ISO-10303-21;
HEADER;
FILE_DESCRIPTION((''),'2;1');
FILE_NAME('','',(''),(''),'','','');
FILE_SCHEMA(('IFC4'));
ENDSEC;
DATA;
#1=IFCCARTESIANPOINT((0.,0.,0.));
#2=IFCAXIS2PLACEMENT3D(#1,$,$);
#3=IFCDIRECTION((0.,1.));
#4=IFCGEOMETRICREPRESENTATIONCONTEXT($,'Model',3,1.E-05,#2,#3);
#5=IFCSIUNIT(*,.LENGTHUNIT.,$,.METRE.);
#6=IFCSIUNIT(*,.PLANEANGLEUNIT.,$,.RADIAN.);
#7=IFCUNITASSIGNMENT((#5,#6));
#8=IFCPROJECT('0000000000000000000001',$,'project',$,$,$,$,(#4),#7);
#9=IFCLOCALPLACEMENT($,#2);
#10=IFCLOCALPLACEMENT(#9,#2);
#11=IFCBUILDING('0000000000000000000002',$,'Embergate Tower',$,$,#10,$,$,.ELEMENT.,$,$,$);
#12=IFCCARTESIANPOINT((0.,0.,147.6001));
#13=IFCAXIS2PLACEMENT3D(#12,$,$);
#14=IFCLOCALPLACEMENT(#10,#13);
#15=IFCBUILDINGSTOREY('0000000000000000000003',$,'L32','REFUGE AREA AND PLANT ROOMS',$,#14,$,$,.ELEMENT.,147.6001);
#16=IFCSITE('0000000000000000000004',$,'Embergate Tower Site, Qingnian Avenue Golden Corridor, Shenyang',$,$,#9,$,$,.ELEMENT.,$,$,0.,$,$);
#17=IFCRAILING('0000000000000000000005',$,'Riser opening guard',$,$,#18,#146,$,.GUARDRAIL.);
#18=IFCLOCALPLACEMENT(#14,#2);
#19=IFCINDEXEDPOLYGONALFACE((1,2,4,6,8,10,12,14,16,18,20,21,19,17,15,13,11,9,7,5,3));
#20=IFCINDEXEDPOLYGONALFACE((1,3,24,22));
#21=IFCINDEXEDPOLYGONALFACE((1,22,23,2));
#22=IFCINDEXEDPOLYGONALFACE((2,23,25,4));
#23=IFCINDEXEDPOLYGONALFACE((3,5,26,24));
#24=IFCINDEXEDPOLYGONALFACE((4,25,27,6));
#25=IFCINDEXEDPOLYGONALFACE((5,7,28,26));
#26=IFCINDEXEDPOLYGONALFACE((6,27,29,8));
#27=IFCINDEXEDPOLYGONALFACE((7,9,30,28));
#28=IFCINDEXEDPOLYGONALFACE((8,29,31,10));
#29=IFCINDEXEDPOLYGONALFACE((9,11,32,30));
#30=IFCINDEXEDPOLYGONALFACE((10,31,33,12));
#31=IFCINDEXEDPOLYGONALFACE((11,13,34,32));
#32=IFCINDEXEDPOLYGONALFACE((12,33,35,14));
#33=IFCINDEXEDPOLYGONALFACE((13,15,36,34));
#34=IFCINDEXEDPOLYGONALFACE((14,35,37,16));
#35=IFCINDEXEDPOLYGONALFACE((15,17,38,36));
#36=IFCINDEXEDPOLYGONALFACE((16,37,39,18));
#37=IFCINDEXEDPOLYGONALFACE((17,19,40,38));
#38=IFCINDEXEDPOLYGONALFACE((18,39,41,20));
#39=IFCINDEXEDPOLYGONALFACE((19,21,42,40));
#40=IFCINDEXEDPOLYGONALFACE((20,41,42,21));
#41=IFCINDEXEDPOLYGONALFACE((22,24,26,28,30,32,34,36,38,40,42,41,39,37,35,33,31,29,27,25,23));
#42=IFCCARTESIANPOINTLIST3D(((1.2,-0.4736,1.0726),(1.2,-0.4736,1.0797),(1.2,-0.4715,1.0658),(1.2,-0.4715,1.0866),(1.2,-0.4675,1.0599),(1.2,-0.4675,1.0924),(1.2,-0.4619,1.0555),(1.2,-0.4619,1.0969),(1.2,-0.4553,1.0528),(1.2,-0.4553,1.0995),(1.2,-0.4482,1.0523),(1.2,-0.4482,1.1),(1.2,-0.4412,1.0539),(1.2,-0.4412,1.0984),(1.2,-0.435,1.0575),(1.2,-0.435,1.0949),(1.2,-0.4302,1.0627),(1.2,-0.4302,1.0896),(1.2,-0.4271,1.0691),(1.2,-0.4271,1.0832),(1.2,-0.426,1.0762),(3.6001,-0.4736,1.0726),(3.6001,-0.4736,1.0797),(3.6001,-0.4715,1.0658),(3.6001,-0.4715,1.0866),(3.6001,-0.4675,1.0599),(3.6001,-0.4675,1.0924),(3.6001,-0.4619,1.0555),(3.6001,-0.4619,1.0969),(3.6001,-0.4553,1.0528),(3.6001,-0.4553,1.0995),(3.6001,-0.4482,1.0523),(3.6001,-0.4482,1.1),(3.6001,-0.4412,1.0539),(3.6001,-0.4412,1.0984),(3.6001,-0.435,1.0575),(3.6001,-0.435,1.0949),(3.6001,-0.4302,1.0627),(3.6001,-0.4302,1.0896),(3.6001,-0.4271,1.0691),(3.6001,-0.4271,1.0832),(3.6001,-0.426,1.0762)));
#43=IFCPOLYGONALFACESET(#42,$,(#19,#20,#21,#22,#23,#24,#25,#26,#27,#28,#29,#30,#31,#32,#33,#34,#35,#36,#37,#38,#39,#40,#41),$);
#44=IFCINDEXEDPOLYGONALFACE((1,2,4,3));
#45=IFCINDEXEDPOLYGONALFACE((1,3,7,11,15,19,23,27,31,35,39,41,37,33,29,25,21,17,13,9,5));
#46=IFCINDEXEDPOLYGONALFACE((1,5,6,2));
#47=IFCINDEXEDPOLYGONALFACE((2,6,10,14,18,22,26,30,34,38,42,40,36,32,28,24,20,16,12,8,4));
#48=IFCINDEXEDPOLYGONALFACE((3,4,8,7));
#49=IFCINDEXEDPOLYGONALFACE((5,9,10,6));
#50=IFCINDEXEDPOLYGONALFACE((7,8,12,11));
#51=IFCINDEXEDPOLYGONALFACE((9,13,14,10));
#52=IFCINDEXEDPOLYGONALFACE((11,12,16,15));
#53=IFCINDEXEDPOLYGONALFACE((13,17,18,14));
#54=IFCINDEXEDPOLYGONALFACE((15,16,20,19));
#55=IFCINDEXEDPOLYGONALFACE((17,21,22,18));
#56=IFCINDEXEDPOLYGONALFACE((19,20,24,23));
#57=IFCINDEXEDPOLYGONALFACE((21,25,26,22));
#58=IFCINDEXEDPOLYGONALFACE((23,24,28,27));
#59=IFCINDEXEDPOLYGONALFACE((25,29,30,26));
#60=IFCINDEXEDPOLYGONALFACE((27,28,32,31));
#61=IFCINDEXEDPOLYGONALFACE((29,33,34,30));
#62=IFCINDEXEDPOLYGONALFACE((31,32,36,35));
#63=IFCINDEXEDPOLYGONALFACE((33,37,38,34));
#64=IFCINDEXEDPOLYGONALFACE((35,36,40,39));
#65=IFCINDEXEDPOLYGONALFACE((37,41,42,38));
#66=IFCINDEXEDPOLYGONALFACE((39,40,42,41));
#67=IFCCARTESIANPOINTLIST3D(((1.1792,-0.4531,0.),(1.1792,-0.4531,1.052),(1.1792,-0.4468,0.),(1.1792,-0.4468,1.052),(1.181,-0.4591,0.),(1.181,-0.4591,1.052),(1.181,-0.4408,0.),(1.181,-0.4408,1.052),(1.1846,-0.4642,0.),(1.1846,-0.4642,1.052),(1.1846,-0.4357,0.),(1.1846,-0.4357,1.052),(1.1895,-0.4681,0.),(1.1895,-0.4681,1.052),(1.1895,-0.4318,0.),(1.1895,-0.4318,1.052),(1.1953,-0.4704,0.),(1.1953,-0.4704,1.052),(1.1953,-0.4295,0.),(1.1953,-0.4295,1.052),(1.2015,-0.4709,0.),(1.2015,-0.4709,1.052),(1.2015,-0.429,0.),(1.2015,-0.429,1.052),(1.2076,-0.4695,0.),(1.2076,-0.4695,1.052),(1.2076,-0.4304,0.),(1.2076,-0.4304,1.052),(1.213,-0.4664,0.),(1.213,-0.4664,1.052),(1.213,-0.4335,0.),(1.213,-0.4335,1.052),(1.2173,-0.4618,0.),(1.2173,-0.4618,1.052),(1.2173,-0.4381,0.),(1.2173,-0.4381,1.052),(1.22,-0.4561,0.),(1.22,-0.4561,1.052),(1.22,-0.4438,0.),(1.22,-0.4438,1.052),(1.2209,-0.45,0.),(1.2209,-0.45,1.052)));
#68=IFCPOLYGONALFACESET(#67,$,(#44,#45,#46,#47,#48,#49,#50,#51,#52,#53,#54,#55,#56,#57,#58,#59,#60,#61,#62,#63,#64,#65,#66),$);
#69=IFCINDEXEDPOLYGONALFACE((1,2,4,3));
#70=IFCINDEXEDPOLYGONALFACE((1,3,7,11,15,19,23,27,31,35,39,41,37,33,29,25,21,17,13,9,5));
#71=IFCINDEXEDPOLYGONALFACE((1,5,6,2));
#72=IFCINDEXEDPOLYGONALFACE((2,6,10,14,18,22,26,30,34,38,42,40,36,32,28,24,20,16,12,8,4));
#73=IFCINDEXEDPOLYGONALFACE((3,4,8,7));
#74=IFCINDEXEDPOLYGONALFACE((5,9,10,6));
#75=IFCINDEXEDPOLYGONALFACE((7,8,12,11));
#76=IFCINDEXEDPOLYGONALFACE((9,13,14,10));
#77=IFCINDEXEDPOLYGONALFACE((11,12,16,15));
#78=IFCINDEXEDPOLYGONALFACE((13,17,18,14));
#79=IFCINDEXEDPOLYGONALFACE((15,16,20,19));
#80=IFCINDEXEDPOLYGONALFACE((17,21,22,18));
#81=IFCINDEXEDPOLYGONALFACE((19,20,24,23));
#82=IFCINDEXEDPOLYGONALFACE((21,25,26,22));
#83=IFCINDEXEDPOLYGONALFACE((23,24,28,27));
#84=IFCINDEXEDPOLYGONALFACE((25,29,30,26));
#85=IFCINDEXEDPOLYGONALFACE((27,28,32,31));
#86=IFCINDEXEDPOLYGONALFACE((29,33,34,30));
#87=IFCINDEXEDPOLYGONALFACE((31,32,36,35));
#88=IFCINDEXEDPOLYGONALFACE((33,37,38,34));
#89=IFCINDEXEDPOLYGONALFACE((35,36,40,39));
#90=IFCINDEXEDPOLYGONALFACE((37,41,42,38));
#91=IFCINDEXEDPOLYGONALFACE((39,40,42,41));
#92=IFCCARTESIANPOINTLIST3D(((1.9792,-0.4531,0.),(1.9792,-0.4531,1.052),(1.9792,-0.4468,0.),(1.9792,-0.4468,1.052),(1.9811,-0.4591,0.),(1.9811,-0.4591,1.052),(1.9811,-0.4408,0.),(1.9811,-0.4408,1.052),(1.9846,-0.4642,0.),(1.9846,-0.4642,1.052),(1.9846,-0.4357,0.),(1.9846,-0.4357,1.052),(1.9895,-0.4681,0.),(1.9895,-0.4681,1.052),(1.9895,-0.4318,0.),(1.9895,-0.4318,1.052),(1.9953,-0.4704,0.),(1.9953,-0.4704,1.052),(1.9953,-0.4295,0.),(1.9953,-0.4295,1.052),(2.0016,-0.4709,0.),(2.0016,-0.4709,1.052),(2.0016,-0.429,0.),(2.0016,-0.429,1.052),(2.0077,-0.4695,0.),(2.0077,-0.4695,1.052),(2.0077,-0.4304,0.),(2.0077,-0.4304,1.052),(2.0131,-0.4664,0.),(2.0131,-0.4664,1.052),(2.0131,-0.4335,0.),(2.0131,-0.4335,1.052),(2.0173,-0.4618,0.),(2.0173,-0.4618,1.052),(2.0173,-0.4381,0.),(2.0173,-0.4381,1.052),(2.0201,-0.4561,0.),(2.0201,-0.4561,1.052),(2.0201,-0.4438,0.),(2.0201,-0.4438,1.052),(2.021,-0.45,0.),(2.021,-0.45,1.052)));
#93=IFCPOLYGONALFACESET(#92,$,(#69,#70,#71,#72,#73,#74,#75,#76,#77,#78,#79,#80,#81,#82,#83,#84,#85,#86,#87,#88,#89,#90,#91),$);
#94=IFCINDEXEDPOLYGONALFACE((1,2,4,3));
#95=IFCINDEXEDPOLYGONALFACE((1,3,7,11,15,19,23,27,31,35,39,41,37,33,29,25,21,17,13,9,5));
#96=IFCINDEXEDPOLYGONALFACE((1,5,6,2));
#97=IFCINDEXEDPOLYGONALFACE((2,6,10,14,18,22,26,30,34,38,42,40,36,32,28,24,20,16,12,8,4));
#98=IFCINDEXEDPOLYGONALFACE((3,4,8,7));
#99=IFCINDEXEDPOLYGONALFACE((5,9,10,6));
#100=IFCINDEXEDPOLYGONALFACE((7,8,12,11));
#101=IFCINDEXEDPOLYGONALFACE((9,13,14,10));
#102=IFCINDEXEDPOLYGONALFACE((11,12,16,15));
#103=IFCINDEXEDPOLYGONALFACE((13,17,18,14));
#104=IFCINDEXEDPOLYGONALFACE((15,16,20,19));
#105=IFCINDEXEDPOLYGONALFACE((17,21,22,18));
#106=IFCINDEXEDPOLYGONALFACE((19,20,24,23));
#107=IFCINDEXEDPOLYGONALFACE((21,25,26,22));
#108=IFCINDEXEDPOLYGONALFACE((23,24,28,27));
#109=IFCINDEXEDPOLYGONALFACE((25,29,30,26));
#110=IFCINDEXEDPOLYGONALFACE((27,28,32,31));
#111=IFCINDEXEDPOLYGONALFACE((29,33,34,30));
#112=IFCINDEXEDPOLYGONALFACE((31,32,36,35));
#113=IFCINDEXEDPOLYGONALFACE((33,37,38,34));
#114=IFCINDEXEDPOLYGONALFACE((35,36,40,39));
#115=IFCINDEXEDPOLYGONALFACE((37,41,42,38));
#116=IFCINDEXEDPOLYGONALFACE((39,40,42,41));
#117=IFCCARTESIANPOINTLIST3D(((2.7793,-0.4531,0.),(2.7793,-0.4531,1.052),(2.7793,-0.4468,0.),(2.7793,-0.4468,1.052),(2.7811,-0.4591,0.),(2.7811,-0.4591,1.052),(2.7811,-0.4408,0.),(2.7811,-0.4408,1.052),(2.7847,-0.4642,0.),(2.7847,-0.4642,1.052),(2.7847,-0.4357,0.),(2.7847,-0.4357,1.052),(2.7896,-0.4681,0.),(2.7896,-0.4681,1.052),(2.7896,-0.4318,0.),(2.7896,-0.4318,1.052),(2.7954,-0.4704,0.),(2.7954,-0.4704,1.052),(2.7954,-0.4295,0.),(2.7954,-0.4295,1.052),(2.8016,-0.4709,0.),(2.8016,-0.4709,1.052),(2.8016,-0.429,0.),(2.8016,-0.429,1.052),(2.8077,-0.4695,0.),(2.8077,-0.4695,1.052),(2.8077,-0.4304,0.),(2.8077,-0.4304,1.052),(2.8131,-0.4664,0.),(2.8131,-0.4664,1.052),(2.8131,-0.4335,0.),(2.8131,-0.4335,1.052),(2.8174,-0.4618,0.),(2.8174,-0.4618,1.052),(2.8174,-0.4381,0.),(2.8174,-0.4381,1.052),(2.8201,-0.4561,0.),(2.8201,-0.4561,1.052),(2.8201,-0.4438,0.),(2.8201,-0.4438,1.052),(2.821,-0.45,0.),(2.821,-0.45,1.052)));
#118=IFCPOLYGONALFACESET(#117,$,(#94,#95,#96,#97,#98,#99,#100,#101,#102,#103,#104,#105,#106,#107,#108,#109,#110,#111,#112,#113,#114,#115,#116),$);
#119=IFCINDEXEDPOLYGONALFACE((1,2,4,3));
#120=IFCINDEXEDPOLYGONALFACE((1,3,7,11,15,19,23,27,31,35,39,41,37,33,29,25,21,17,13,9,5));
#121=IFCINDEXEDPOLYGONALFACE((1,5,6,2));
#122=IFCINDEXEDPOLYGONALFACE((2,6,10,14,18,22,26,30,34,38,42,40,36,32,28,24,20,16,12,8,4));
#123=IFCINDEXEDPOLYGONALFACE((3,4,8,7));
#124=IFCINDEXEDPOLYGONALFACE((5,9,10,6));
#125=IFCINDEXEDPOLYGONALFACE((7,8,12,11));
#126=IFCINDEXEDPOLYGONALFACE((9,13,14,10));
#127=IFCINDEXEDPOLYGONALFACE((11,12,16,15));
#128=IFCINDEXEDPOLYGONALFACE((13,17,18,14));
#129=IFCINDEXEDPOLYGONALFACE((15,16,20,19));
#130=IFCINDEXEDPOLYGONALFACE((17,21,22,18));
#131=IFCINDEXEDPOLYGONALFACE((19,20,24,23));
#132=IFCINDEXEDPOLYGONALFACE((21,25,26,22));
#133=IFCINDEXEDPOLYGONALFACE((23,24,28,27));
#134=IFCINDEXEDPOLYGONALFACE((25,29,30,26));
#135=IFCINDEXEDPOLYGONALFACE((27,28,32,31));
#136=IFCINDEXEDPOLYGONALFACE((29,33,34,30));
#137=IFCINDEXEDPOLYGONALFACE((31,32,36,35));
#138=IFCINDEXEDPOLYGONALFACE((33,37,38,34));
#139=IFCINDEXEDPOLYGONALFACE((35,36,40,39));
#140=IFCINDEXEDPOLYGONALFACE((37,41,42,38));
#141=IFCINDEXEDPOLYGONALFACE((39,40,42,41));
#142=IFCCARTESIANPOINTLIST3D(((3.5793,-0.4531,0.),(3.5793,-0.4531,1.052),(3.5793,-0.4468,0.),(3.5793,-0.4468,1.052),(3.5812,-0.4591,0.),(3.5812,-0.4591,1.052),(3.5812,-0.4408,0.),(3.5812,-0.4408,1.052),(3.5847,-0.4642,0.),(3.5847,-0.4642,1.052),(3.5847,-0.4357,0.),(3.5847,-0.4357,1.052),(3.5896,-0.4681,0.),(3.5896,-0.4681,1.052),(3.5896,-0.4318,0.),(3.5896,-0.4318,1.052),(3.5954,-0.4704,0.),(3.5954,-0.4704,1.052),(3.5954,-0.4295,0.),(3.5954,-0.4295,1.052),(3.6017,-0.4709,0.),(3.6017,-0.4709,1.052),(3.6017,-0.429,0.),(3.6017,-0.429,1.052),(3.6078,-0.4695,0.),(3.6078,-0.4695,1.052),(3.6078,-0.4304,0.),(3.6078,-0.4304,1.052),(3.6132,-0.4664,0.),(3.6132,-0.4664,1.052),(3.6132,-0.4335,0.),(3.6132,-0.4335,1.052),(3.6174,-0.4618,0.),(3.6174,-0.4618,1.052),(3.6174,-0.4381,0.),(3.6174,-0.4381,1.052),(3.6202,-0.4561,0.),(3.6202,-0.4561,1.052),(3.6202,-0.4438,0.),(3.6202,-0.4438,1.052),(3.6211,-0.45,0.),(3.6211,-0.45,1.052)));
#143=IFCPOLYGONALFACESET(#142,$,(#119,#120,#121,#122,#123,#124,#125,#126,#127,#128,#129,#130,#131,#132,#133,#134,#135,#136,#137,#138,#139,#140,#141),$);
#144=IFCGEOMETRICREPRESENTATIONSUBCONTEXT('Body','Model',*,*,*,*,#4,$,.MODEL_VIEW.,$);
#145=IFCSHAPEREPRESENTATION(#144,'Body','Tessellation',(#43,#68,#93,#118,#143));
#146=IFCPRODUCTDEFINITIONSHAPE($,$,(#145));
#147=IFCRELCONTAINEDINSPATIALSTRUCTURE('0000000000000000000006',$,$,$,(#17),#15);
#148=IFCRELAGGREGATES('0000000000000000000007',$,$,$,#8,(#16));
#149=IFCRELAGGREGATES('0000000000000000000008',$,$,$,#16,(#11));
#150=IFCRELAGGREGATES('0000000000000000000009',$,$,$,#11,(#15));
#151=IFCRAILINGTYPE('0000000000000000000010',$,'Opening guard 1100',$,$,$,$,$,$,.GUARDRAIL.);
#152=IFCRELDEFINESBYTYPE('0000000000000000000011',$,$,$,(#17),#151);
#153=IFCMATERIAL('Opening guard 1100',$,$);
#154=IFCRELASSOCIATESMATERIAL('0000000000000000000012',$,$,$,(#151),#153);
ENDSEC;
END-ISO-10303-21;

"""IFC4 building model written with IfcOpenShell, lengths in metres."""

from ifc_helpers import new_model, si_unit, direction, frame, origin, origin_2d, place, context, subcontext, project, spatial, circle, extrude, source, transform, mapped, material, type_object, element, save


model = new_model("IFC4")

# Units and contexts
model_context = context("Model", 3, precision=1e-05, world=origin(), true_north=direction((0.0, 1.0)))
body_context = subcontext(model_context, "Body", "Model", "MODEL_VIEW")
ifc_project = project(units=[si_unit("LENGTHUNIT", "METRE"), si_unit("PLANEANGLEUNIT", "RADIAN")], contexts=[model_context])

# Site, building, storey
site_placement = place(None, origin())
site = spatial("IfcSite", under=ifc_project, at=site_placement, Name="Embergate Tower Site, Qingnian Avenue Golden Corridor, Shenyang", CompositionType="ELEMENT", RefElevation=0.0)
building_placement = place(site_placement, origin())
building = spatial("IfcBuilding", under=site, at=building_placement, Name="Embergate Tower", CompositionType="ELEMENT")
storey_placement = place(building_placement, frame((0.0, 0.0, 147.6001)))
storey = spatial("IfcBuildingStorey", under=building, at=storey_placement, Name="L32", Description="REFUGE AREA AND PLANT ROOMS", CompositionType="ELEMENT", Elevation=147.6001)

# Railing
ifc_material_1 = material(Name="Opening guard 1100")
railing_type_1 = type_object("IfcRailingType", Name="Opening guard 1100", PredefinedType="GUARDRAIL", material=ifc_material_1)
shared_shape_1 = source(origin(), body_context, "Body", "SweptSolid", [
    extrude(circle(Radius=0.0239, at=origin_2d()), frame((0.0, 0.0, 1.0762), z_axis=(1.0, 0.0, 0.0), x_axis=(0.0, 1.0, 0.0)), (0.0, 0.0, 1.0), 2.4001),
    extrude(circle(Radius=0.021, at=origin_2d()), origin(), (0.0, 0.0, 1.0), 1.052),
    extrude(circle(Radius=0.021, at=origin_2d()), frame((0.8, 0.0, 0.0)), (0.0, 0.0, 1.0), 1.052),
    extrude(circle(Radius=0.021, at=origin_2d()), frame((1.6001, 0.0, 0.0)), (0.0, 0.0, 1.0), 1.052),
    extrude(circle(Radius=0.021, at=origin_2d()), frame((2.4001, 0.0, 0.0)), (0.0, 0.0, 1.0), 1.052),
])
railing_1_placement = place(storey_placement, frame((1.2, -0.45, 0.0)))
element("IfcRailing", 1, at=railing_1_placement, inside=storey, type_object=railing_type_1, Name="Riser opening guard", PredefinedType="GUARDRAIL", context=body_context, shape_type="MappedRepresentation", body=[
    mapped(shared_shape_1, transform((0.0, 0.0, 0.0))),
])

save(model, "model.ifc")
